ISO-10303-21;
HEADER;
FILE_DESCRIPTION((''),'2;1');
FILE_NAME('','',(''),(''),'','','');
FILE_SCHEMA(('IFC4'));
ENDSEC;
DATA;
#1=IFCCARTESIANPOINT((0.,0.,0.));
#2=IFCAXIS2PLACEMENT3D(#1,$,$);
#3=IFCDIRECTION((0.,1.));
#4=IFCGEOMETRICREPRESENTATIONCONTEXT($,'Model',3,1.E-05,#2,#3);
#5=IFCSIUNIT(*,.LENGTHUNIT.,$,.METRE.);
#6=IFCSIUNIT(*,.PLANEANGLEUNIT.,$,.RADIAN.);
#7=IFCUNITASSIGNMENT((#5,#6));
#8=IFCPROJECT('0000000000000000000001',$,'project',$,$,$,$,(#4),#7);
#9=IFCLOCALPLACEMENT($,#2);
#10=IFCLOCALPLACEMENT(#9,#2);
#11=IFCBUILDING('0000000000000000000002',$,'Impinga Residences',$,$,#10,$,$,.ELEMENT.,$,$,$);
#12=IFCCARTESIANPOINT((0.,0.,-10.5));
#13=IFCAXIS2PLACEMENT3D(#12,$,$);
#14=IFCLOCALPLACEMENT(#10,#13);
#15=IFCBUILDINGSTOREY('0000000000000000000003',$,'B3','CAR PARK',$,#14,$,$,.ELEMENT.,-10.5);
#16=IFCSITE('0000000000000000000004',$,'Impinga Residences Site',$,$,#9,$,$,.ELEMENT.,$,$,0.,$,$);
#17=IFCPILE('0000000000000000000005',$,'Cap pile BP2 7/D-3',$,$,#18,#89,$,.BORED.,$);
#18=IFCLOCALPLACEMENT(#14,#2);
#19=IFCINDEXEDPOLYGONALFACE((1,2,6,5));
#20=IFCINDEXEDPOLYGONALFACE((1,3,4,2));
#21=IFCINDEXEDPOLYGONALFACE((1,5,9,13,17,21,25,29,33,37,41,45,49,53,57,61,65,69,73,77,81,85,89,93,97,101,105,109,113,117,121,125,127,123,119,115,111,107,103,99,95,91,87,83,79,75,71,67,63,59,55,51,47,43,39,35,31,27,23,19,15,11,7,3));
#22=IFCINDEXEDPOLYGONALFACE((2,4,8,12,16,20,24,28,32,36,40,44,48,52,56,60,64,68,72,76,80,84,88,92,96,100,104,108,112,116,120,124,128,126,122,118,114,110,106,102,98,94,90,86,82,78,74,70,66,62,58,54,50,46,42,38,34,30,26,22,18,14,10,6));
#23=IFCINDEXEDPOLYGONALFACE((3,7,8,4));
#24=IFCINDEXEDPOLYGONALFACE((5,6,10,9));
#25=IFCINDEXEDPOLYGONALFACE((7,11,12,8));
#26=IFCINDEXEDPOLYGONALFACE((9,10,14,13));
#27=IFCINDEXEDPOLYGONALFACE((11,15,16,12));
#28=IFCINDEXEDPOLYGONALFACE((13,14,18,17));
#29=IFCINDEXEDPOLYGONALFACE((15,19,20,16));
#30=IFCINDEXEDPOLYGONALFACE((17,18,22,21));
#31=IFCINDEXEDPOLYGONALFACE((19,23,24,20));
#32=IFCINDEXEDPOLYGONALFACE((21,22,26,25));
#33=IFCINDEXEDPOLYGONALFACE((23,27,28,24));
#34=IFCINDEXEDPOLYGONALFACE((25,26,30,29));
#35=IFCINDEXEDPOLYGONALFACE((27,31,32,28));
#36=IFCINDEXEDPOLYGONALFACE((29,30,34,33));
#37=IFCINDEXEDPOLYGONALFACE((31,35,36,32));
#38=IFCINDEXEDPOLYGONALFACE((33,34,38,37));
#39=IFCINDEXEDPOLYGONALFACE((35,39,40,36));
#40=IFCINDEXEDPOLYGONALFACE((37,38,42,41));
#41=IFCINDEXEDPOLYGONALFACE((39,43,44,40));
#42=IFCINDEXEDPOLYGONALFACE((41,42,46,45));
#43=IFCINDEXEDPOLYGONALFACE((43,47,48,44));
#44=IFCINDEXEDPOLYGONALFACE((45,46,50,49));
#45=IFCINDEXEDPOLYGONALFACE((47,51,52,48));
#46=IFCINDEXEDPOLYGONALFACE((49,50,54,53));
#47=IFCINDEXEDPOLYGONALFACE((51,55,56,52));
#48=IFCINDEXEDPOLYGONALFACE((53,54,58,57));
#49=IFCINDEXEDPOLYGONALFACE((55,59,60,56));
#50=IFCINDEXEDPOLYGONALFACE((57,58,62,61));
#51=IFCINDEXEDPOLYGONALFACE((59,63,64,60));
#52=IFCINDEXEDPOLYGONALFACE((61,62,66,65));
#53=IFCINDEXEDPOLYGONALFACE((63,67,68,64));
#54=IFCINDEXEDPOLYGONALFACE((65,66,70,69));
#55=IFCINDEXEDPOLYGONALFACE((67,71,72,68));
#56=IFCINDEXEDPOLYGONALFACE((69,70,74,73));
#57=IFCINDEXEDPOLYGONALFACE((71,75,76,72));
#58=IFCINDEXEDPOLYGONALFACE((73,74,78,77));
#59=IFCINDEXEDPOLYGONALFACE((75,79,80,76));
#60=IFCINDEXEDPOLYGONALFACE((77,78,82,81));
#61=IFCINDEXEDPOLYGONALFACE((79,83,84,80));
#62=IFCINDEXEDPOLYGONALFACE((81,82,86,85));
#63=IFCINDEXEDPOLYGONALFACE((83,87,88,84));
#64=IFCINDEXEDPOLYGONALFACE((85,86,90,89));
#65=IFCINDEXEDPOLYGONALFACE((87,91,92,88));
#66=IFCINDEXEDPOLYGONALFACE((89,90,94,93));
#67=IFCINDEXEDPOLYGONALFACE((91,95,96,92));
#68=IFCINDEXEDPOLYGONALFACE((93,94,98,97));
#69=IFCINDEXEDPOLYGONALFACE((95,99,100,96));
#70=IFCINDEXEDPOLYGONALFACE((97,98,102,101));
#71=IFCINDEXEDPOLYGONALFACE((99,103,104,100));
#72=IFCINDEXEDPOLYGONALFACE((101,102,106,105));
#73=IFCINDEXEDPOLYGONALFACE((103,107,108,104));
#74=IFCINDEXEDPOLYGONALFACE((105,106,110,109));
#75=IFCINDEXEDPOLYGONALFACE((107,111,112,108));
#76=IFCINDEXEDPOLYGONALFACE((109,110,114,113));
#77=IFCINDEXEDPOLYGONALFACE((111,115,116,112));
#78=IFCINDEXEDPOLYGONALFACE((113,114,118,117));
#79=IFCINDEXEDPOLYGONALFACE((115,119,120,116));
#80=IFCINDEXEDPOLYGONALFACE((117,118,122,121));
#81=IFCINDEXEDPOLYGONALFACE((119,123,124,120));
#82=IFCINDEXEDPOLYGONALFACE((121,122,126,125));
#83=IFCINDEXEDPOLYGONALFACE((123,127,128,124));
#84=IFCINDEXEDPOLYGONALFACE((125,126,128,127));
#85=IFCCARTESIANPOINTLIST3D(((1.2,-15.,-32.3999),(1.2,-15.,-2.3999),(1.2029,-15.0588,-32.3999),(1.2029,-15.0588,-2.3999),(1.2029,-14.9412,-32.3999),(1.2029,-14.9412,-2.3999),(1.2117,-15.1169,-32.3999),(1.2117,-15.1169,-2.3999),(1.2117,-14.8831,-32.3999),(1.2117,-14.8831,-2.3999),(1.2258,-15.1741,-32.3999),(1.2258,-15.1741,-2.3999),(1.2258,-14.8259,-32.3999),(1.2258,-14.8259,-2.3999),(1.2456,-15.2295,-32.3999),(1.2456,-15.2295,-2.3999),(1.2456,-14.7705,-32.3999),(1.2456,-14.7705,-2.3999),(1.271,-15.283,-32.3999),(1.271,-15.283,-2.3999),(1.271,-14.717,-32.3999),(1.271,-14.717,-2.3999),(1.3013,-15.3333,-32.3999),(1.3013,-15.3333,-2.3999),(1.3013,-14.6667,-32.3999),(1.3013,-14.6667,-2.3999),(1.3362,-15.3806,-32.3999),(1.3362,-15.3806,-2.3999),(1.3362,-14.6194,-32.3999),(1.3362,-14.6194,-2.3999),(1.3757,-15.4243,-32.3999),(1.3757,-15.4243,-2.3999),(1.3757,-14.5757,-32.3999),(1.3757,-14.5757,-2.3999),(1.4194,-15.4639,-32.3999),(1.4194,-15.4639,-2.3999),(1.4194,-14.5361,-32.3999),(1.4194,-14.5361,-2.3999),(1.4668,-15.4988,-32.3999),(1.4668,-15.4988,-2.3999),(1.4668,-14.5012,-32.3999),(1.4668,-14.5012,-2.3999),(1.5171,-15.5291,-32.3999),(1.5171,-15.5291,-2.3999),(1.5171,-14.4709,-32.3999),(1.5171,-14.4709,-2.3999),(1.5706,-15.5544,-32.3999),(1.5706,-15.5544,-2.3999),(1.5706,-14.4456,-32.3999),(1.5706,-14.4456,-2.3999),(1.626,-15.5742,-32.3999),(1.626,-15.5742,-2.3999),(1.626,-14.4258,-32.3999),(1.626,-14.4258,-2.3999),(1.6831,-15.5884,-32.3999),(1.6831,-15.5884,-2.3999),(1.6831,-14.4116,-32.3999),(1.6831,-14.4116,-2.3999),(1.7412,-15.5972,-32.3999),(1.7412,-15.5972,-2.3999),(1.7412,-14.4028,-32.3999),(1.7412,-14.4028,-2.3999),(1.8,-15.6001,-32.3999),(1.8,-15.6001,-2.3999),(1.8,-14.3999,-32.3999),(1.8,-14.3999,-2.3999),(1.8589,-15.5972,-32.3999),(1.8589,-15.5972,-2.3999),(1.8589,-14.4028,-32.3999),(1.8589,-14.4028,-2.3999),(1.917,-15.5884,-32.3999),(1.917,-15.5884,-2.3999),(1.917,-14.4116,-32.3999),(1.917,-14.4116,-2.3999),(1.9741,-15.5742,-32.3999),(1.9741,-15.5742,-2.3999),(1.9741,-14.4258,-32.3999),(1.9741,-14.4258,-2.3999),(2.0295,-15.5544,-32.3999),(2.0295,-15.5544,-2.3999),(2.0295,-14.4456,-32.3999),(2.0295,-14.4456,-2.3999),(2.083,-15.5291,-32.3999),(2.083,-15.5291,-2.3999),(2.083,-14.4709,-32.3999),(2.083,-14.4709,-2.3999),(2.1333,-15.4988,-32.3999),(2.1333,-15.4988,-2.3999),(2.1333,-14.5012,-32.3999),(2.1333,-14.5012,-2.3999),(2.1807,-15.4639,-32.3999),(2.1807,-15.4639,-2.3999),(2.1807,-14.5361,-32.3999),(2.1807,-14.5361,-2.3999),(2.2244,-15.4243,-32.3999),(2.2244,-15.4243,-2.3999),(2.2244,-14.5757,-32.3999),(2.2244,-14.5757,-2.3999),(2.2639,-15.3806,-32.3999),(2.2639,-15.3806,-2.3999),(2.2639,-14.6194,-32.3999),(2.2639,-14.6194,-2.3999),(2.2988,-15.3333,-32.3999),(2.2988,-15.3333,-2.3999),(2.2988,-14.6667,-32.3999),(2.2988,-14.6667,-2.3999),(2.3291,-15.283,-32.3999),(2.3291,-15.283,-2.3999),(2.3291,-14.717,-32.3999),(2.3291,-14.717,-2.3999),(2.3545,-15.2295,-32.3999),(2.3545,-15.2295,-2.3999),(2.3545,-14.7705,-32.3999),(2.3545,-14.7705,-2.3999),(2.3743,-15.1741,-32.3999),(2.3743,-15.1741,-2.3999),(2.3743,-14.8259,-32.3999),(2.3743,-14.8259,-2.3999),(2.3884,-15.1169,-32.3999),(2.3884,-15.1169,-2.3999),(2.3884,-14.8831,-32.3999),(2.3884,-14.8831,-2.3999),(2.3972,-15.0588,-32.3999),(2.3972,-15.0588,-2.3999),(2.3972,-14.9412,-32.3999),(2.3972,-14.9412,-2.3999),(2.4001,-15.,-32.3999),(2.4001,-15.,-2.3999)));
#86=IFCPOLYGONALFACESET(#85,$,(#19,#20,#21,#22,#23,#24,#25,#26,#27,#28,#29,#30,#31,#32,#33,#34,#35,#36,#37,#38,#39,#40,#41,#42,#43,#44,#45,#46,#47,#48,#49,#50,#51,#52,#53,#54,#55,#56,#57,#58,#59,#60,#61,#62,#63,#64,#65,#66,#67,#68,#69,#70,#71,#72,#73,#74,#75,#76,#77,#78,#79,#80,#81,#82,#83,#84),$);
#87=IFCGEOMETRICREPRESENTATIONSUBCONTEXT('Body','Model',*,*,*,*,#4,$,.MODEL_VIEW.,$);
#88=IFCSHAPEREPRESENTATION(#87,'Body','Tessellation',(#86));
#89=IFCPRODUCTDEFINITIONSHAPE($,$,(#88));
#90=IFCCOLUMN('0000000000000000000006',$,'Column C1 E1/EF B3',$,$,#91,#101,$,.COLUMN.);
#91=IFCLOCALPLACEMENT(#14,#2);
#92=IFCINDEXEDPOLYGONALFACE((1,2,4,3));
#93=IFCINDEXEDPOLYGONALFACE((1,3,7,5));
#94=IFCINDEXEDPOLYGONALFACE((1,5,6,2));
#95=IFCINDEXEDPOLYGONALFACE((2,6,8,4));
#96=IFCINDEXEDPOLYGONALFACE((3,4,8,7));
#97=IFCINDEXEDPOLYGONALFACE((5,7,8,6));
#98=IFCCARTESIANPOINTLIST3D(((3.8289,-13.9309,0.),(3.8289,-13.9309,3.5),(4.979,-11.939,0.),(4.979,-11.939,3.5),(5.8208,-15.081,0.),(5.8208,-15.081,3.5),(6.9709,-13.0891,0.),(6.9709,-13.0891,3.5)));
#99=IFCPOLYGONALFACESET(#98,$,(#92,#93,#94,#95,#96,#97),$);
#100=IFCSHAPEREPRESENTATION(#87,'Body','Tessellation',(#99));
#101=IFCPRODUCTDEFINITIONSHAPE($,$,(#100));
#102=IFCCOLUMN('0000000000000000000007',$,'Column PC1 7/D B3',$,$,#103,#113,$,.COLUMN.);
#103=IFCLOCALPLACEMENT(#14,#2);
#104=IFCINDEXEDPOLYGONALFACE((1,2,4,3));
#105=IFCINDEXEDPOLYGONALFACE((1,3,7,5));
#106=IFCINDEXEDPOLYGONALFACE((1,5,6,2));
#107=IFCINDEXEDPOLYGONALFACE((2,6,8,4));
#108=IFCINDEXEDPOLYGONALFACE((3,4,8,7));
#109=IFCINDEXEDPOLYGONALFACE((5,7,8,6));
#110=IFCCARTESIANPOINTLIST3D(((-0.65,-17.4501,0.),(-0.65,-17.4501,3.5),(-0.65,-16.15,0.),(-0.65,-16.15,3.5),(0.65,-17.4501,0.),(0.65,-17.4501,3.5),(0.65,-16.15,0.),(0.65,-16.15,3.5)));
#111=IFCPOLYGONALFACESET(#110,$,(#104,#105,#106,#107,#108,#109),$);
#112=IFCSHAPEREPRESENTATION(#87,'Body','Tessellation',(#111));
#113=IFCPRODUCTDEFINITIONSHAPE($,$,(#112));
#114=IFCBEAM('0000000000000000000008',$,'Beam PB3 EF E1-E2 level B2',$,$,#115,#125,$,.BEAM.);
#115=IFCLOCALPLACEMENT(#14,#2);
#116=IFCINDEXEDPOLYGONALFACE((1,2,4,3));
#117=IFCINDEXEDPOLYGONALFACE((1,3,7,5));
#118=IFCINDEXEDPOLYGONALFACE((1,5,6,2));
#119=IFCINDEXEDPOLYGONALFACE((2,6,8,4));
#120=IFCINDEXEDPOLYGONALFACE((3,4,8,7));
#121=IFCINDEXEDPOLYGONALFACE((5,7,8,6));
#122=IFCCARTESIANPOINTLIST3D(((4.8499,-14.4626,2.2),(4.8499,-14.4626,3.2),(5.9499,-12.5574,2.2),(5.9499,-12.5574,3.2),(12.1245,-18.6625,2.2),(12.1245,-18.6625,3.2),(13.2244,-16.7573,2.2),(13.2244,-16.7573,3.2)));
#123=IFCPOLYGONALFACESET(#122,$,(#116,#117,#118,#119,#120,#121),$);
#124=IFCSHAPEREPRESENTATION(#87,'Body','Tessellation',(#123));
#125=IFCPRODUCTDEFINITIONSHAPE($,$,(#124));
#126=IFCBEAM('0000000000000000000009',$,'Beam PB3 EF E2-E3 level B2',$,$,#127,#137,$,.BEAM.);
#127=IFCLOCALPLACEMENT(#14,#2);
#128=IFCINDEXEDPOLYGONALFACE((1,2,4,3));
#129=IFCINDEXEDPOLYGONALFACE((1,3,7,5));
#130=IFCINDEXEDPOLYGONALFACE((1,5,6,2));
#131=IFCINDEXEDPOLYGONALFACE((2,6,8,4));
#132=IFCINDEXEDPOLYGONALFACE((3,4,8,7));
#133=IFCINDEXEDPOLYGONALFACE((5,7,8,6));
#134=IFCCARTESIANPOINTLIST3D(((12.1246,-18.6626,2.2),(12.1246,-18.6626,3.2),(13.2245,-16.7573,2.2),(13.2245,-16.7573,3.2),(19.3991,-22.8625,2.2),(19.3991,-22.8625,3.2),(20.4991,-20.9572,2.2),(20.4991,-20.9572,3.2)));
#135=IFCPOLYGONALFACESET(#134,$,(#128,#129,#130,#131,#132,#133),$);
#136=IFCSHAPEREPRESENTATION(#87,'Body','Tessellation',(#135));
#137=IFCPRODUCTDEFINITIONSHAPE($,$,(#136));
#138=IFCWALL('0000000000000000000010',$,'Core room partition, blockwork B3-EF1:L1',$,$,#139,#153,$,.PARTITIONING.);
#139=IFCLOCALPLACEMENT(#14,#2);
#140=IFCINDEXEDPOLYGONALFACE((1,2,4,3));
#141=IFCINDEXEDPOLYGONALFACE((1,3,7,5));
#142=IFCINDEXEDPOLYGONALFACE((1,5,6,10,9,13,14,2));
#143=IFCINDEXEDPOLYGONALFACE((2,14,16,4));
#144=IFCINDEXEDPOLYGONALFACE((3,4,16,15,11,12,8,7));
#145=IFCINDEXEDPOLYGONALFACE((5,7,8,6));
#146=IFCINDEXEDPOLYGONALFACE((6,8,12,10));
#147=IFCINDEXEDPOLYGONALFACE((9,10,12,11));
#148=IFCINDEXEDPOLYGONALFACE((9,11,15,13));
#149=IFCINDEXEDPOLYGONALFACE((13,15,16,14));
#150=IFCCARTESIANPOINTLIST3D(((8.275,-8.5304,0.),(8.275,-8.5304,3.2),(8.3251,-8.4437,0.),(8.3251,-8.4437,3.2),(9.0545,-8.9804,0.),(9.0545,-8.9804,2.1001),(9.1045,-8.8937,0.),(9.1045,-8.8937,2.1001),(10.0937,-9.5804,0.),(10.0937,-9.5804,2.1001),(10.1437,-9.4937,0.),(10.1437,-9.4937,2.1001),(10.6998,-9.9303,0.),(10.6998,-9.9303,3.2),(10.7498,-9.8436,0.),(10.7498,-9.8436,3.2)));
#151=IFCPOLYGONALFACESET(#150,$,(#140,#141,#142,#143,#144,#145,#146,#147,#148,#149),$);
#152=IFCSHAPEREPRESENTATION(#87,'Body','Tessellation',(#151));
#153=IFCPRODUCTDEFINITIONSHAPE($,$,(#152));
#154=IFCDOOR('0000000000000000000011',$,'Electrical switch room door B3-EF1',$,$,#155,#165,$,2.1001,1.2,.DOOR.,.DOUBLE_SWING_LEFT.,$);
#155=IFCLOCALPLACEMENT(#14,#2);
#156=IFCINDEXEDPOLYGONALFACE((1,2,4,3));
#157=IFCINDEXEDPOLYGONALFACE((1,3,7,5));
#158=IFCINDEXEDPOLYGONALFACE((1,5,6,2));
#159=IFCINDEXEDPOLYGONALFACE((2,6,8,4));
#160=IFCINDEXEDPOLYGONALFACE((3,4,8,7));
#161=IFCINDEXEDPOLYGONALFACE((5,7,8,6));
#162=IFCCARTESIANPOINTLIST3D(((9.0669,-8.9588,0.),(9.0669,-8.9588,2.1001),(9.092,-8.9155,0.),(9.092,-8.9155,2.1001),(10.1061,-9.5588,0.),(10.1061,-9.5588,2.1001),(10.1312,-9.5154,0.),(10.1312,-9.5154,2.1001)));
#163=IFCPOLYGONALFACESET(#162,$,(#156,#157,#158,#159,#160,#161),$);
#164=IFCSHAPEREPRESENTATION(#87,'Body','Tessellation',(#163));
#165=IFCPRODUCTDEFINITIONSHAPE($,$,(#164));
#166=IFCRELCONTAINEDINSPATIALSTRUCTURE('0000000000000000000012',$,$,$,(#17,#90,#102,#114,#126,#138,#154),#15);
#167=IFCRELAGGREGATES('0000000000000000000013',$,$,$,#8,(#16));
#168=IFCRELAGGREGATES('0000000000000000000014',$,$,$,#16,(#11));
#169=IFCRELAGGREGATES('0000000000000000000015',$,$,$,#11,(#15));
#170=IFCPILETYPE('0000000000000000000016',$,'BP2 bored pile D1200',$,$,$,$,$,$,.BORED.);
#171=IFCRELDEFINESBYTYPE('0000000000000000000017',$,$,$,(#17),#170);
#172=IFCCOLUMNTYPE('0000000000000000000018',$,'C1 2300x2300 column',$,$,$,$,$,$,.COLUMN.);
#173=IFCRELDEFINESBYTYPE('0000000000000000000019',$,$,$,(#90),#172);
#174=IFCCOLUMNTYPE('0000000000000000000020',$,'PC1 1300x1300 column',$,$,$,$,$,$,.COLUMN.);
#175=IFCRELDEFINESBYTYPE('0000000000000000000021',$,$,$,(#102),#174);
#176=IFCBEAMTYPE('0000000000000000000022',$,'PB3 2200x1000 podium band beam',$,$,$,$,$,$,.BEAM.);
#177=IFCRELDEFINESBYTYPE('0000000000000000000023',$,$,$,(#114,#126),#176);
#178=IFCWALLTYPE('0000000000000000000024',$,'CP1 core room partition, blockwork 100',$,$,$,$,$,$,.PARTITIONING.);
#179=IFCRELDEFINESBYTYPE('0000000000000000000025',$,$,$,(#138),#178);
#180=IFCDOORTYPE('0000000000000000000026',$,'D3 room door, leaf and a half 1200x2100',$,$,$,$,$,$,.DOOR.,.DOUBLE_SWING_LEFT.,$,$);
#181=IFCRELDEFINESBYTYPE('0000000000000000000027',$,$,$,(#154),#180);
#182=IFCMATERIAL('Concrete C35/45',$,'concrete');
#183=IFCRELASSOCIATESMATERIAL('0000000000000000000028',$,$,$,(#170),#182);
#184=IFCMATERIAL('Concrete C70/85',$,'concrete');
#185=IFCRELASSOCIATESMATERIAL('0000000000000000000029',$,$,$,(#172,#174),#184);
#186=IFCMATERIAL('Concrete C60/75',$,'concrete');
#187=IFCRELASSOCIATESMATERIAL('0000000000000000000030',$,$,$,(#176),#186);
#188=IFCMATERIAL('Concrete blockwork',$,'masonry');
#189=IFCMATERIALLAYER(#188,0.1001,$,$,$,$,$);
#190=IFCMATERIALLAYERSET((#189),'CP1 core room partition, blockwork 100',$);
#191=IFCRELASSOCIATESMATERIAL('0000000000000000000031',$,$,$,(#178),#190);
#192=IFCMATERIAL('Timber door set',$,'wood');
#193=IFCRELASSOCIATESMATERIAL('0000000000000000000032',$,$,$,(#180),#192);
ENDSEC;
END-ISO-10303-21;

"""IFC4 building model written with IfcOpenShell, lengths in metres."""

from ifc_helpers import new_model, si_unit, direction, frame, frame_2d, origin, origin_2d, place, context, subcontext, project, spatial, polyline, rectangle, circle, outline, extrude, material, layer, layer_set, material_profile, profile_set, type_object, element, fill, save


model = new_model("IFC4")

# Units and contexts
model_context = context("Model", 3, precision=1e-05, world=origin(), true_north=direction((0.0, 1.0)))
body_context = subcontext(model_context, "Body", "Model", "MODEL_VIEW")
ifc_project = project(units=[si_unit("LENGTHUNIT", "METRE"), si_unit("PLANEANGLEUNIT", "RADIAN")], contexts=[model_context])

# Site, building, storey
site_placement = place(None, origin())
site = spatial("IfcSite", under=ifc_project, at=site_placement, Name="Impinga Residences Site", CompositionType="ELEMENT", RefElevation=0.0)
building_placement = place(site_placement, origin())
building = spatial("IfcBuilding", under=site, at=building_placement, Name="Impinga Residences", CompositionType="ELEMENT")
storey_placement = place(building_placement, frame((0.0, 0.0, -10.5)))
storey = spatial("IfcBuildingStorey", under=building, at=storey_placement, Name="B3", Description="CAR PARK", CompositionType="ELEMENT", Elevation=-10.5)

# Pile
ifc_material_1 = material(Name="Concrete C35/45", Category="concrete")
ifc_material_profile_1 = material_profile(ifc_material_1, circle(Radius=0.6001, at=origin_2d()), Name="D1200")
ifc_profile_set_1 = profile_set([ifc_material_profile_1], Name="Concrete C35/45")
pile_type_1 = type_object("IfcPileType", Name="BP2 bored pile D1200", PredefinedType="BORED", material=ifc_profile_set_1)
pile_1_placement = place(storey_placement, frame((1.8, -15.0, -2.3999), z_axis=(0.0, 0.0, -1.0), x_axis=(1.0, 0.0, 0.0)))
element("IfcPile", 1, at=pile_1_placement, inside=storey, type_object=pile_type_1, Name="Cap pile BP2 7/D-3", PredefinedType="BORED", context=body_context, shape_type="SweptSolid", body=[
    extrude(outline(polyline([(0.6001, 0.0), (0.5972, 0.0588), (0.5884, 0.1169), (0.5742, 0.1741), (0.5544, 0.2295), (0.5291, 0.283), (0.4988, 0.3333), (0.4639, 0.3806), (0.4243, 0.4243), (0.3806, 0.4639), (0.3333, 0.4988), (0.283, 0.5291), (0.2295, 0.5544), (0.1741, 0.5742), (0.1169, 0.5884), (0.0588, 0.5972), (0.0, 0.6001), (-0.0588, 0.5972), (-0.1169, 0.5884), (-0.1741, 0.5742), (-0.2295, 0.5544), (-0.283, 0.5291), (-0.3333, 0.4988), (-0.3806, 0.4639), (-0.4243, 0.4243), (-0.4639, 0.3806), (-0.4988, 0.3333), (-0.5291, 0.283), (-0.5544, 0.2295), (-0.5742, 0.1741), (-0.5884, 0.1169), (-0.5972, 0.0588), (-0.6001, 0.0), (-0.5972, -0.0588), (-0.5884, -0.1169), (-0.5742, -0.1741), (-0.5544, -0.2295), (-0.5291, -0.283), (-0.4988, -0.3333), (-0.4639, -0.3806), (-0.4243, -0.4243), (-0.3806, -0.4639), (-0.3333, -0.4988), (-0.283, -0.5291), (-0.2295, -0.5544), (-0.1741, -0.5742), (-0.1169, -0.5884), (-0.0588, -0.5972), (0.0, -0.6001), (0.0588, -0.5972), (0.1169, -0.5884), (0.1741, -0.5742), (0.2295, -0.5544), (0.283, -0.5291), (0.3333, -0.4988), (0.3806, -0.4639), (0.4243, -0.4243), (0.4639, -0.3806), (0.4988, -0.3333), (0.5291, -0.283), (0.5544, -0.2295), (0.5742, -0.1741), (0.5884, -0.1169), (0.5972, -0.0588), (0.6001, 0.0)])), origin(), (0.0, 0.0, 1.0), 30.0),
])

# Columns
ifc_material_2 = material(Name="Concrete C70/85", Category="concrete")
ifc_material_profile_2 = material_profile(ifc_material_2, rectangle(XDim=2.3, YDim=2.3, at=origin_2d()), Name="RC 2300x2300")
ifc_profile_set_2 = profile_set([ifc_material_profile_2], Name="Concrete C70/85")
column_type_1 = type_object("IfcColumnType", Name="C1 2300x2300 column", PredefinedType="COLUMN", material=ifc_profile_set_2)
column_1_placement = place(storey_placement, frame((5.3999, -13.51, 0.0), z_axis=(0.0, 0.0, 1.0), x_axis=(-0.5, -0.866025, 0.0)))
element("IfcColumn", 2, at=column_1_placement, inside=storey, type_object=column_type_1, Name="Column C1 E1/EF B3", PredefinedType="COLUMN", context=body_context, shape_type="SweptSolid", body=[
    extrude(rectangle(XDim=2.3, YDim=2.3, at=origin_2d()), origin(), (0.0, 0.0, 1.0), 3.5),
])
ifc_material_profile_3 = material_profile(ifc_material_2, rectangle(XDim=1.3, YDim=1.3, at=origin_2d()), Name="RC 1300x1300")
ifc_profile_set_3 = profile_set([ifc_material_profile_3], Name="Concrete C70/85")
column_type_2 = type_object("IfcColumnType", Name="PC1 1300x1300 column", PredefinedType="COLUMN", material=ifc_profile_set_3)
column_2_placement = place(storey_placement, frame((0.0, -16.8, 0.0), z_axis=(0.0, 0.0, 1.0), x_axis=(1.0, 0.0, 0.0)))
element("IfcColumn", 3, at=column_2_placement, inside=storey, type_object=column_type_2, Name="Column PC1 7/D B3", PredefinedType="COLUMN", context=body_context, shape_type="SweptSolid", body=[
    extrude(rectangle(XDim=1.3, YDim=1.3, at=origin_2d()), origin(), (0.0, 0.0, 1.0), 3.5),
])

# Beams
ifc_material_3 = material(Name="Concrete C60/75", Category="concrete")
ifc_material_profile_4 = material_profile(ifc_material_3, rectangle(XDim=2.2, YDim=1.0, at=origin_2d()), Name="RC 2200x1000")
ifc_profile_set_4 = profile_set([ifc_material_profile_4], Name="Concrete C60/75")
beam_type = type_object("IfcBeamType", Name="PB3 2200x1000 podium band beam", PredefinedType="BEAM", material=ifc_profile_set_4)
for number, where, z_axis, x_axis, name in (
    (4, (5.3999, -13.51, 2.7), (0.866029, -0.499993, 0.0), (0.499993, 0.866029, 0.0), "Beam PB3 EF E1-E2 level B2"),
    (5, (12.6746, -17.71, 2.7), (0.866029, -0.499993, 0.0), (0.499993, 0.866029, 0.0), "Beam PB3 EF E2-E3 level B2"),
):
    element("IfcBeam", number, at=place(storey_placement, frame(where, z_axis=z_axis, x_axis=x_axis)), inside=storey, type_object=beam_type, Name=name, PredefinedType="BEAM", context=body_context, shape_type="SweptSolid", body=[
        extrude(rectangle(XDim=2.2, YDim=1.0, at=origin_2d()), origin(), (0.0, 0.0, 1.0), 8.3999),
    ])

# Wall, opening, door
ifc_material_4 = material(Name="Concrete blockwork", Category="masonry")
ifc_layer_1 = layer(ifc_material_4, 0.1001)
ifc_layer_set_1 = layer_set([ifc_layer_1], Name="CP1 core room partition, blockwork 100")
wall_type_1 = type_object("IfcWallType", Name="CP1 core room partition, blockwork 100", PredefinedType="PARTITIONING", material=ifc_layer_set_1)
wall_1_placement = place(storey_placement, frame((8.3, -8.4871, 0.0), z_axis=(0.0, 0.0, 1.0), x_axis=(0.866035, -0.499984, 0.0)))
wall_1 = element("IfcWall", 6, at=wall_1_placement, inside=storey, type_object=wall_type_1, Name="Core room partition, blockwork B3-EF1:L1", PredefinedType="PARTITIONING", context=body_context, shape_type="SweptSolid", body=[
    extrude(rectangle(XDim=2.7998, YDim=0.1001, at=frame_2d((1.3999, 0.0))), origin(), (0.0, 0.0, 1.0), 3.2),
])
opening_placement = place(wall_1_placement, frame((0.8999, 0.0, 0.0)))
opening = element("IfcOpeningElement", 7, at=opening_placement, cuts=wall_1, PredefinedType="OPENING", context=body_context, shape_type="SweptSolid", body=[
    extrude(rectangle(XDim=1.2, YDim=2.1001, at=frame_2d((0.6001, 1.05))), frame((0.0, 0.0601, 0.0), z_axis=(0.0, -1.0, 0.0), x_axis=(1.0, 0.0, 0.0)), (0.0, 0.0, 1.0), 0.1201),
])
ifc_material_5 = material(Name="Timber door set", Category="wood")
door_type = type_object("IfcDoorType", Name="D3 room door, leaf and a half 1200x2100", OperationType="DOUBLE_SWING_LEFT", PredefinedType="DOOR", material=ifc_material_5)
door_placement = place(opening_placement, origin())
door = element("IfcDoor", 8, at=door_placement, inside=storey, type_object=door_type, Name="Electrical switch room door B3-EF1", OperationType="DOUBLE_SWING_LEFT", OverallHeight=2.1001, OverallWidth=1.2, PredefinedType="DOOR", context=body_context, shape_type="SweptSolid", body=[
    extrude(rectangle(XDim=1.2, YDim=2.1001, at=frame_2d((0.6001, 1.05))), frame((0.0, 0.0249, 0.0), z_axis=(0.0, -1.0, 0.0), x_axis=(1.0, 0.0, 0.0)), (0.0, 0.0, 1.0), 0.05),
])
fill(opening, door)

save(model, "model.ifc")
